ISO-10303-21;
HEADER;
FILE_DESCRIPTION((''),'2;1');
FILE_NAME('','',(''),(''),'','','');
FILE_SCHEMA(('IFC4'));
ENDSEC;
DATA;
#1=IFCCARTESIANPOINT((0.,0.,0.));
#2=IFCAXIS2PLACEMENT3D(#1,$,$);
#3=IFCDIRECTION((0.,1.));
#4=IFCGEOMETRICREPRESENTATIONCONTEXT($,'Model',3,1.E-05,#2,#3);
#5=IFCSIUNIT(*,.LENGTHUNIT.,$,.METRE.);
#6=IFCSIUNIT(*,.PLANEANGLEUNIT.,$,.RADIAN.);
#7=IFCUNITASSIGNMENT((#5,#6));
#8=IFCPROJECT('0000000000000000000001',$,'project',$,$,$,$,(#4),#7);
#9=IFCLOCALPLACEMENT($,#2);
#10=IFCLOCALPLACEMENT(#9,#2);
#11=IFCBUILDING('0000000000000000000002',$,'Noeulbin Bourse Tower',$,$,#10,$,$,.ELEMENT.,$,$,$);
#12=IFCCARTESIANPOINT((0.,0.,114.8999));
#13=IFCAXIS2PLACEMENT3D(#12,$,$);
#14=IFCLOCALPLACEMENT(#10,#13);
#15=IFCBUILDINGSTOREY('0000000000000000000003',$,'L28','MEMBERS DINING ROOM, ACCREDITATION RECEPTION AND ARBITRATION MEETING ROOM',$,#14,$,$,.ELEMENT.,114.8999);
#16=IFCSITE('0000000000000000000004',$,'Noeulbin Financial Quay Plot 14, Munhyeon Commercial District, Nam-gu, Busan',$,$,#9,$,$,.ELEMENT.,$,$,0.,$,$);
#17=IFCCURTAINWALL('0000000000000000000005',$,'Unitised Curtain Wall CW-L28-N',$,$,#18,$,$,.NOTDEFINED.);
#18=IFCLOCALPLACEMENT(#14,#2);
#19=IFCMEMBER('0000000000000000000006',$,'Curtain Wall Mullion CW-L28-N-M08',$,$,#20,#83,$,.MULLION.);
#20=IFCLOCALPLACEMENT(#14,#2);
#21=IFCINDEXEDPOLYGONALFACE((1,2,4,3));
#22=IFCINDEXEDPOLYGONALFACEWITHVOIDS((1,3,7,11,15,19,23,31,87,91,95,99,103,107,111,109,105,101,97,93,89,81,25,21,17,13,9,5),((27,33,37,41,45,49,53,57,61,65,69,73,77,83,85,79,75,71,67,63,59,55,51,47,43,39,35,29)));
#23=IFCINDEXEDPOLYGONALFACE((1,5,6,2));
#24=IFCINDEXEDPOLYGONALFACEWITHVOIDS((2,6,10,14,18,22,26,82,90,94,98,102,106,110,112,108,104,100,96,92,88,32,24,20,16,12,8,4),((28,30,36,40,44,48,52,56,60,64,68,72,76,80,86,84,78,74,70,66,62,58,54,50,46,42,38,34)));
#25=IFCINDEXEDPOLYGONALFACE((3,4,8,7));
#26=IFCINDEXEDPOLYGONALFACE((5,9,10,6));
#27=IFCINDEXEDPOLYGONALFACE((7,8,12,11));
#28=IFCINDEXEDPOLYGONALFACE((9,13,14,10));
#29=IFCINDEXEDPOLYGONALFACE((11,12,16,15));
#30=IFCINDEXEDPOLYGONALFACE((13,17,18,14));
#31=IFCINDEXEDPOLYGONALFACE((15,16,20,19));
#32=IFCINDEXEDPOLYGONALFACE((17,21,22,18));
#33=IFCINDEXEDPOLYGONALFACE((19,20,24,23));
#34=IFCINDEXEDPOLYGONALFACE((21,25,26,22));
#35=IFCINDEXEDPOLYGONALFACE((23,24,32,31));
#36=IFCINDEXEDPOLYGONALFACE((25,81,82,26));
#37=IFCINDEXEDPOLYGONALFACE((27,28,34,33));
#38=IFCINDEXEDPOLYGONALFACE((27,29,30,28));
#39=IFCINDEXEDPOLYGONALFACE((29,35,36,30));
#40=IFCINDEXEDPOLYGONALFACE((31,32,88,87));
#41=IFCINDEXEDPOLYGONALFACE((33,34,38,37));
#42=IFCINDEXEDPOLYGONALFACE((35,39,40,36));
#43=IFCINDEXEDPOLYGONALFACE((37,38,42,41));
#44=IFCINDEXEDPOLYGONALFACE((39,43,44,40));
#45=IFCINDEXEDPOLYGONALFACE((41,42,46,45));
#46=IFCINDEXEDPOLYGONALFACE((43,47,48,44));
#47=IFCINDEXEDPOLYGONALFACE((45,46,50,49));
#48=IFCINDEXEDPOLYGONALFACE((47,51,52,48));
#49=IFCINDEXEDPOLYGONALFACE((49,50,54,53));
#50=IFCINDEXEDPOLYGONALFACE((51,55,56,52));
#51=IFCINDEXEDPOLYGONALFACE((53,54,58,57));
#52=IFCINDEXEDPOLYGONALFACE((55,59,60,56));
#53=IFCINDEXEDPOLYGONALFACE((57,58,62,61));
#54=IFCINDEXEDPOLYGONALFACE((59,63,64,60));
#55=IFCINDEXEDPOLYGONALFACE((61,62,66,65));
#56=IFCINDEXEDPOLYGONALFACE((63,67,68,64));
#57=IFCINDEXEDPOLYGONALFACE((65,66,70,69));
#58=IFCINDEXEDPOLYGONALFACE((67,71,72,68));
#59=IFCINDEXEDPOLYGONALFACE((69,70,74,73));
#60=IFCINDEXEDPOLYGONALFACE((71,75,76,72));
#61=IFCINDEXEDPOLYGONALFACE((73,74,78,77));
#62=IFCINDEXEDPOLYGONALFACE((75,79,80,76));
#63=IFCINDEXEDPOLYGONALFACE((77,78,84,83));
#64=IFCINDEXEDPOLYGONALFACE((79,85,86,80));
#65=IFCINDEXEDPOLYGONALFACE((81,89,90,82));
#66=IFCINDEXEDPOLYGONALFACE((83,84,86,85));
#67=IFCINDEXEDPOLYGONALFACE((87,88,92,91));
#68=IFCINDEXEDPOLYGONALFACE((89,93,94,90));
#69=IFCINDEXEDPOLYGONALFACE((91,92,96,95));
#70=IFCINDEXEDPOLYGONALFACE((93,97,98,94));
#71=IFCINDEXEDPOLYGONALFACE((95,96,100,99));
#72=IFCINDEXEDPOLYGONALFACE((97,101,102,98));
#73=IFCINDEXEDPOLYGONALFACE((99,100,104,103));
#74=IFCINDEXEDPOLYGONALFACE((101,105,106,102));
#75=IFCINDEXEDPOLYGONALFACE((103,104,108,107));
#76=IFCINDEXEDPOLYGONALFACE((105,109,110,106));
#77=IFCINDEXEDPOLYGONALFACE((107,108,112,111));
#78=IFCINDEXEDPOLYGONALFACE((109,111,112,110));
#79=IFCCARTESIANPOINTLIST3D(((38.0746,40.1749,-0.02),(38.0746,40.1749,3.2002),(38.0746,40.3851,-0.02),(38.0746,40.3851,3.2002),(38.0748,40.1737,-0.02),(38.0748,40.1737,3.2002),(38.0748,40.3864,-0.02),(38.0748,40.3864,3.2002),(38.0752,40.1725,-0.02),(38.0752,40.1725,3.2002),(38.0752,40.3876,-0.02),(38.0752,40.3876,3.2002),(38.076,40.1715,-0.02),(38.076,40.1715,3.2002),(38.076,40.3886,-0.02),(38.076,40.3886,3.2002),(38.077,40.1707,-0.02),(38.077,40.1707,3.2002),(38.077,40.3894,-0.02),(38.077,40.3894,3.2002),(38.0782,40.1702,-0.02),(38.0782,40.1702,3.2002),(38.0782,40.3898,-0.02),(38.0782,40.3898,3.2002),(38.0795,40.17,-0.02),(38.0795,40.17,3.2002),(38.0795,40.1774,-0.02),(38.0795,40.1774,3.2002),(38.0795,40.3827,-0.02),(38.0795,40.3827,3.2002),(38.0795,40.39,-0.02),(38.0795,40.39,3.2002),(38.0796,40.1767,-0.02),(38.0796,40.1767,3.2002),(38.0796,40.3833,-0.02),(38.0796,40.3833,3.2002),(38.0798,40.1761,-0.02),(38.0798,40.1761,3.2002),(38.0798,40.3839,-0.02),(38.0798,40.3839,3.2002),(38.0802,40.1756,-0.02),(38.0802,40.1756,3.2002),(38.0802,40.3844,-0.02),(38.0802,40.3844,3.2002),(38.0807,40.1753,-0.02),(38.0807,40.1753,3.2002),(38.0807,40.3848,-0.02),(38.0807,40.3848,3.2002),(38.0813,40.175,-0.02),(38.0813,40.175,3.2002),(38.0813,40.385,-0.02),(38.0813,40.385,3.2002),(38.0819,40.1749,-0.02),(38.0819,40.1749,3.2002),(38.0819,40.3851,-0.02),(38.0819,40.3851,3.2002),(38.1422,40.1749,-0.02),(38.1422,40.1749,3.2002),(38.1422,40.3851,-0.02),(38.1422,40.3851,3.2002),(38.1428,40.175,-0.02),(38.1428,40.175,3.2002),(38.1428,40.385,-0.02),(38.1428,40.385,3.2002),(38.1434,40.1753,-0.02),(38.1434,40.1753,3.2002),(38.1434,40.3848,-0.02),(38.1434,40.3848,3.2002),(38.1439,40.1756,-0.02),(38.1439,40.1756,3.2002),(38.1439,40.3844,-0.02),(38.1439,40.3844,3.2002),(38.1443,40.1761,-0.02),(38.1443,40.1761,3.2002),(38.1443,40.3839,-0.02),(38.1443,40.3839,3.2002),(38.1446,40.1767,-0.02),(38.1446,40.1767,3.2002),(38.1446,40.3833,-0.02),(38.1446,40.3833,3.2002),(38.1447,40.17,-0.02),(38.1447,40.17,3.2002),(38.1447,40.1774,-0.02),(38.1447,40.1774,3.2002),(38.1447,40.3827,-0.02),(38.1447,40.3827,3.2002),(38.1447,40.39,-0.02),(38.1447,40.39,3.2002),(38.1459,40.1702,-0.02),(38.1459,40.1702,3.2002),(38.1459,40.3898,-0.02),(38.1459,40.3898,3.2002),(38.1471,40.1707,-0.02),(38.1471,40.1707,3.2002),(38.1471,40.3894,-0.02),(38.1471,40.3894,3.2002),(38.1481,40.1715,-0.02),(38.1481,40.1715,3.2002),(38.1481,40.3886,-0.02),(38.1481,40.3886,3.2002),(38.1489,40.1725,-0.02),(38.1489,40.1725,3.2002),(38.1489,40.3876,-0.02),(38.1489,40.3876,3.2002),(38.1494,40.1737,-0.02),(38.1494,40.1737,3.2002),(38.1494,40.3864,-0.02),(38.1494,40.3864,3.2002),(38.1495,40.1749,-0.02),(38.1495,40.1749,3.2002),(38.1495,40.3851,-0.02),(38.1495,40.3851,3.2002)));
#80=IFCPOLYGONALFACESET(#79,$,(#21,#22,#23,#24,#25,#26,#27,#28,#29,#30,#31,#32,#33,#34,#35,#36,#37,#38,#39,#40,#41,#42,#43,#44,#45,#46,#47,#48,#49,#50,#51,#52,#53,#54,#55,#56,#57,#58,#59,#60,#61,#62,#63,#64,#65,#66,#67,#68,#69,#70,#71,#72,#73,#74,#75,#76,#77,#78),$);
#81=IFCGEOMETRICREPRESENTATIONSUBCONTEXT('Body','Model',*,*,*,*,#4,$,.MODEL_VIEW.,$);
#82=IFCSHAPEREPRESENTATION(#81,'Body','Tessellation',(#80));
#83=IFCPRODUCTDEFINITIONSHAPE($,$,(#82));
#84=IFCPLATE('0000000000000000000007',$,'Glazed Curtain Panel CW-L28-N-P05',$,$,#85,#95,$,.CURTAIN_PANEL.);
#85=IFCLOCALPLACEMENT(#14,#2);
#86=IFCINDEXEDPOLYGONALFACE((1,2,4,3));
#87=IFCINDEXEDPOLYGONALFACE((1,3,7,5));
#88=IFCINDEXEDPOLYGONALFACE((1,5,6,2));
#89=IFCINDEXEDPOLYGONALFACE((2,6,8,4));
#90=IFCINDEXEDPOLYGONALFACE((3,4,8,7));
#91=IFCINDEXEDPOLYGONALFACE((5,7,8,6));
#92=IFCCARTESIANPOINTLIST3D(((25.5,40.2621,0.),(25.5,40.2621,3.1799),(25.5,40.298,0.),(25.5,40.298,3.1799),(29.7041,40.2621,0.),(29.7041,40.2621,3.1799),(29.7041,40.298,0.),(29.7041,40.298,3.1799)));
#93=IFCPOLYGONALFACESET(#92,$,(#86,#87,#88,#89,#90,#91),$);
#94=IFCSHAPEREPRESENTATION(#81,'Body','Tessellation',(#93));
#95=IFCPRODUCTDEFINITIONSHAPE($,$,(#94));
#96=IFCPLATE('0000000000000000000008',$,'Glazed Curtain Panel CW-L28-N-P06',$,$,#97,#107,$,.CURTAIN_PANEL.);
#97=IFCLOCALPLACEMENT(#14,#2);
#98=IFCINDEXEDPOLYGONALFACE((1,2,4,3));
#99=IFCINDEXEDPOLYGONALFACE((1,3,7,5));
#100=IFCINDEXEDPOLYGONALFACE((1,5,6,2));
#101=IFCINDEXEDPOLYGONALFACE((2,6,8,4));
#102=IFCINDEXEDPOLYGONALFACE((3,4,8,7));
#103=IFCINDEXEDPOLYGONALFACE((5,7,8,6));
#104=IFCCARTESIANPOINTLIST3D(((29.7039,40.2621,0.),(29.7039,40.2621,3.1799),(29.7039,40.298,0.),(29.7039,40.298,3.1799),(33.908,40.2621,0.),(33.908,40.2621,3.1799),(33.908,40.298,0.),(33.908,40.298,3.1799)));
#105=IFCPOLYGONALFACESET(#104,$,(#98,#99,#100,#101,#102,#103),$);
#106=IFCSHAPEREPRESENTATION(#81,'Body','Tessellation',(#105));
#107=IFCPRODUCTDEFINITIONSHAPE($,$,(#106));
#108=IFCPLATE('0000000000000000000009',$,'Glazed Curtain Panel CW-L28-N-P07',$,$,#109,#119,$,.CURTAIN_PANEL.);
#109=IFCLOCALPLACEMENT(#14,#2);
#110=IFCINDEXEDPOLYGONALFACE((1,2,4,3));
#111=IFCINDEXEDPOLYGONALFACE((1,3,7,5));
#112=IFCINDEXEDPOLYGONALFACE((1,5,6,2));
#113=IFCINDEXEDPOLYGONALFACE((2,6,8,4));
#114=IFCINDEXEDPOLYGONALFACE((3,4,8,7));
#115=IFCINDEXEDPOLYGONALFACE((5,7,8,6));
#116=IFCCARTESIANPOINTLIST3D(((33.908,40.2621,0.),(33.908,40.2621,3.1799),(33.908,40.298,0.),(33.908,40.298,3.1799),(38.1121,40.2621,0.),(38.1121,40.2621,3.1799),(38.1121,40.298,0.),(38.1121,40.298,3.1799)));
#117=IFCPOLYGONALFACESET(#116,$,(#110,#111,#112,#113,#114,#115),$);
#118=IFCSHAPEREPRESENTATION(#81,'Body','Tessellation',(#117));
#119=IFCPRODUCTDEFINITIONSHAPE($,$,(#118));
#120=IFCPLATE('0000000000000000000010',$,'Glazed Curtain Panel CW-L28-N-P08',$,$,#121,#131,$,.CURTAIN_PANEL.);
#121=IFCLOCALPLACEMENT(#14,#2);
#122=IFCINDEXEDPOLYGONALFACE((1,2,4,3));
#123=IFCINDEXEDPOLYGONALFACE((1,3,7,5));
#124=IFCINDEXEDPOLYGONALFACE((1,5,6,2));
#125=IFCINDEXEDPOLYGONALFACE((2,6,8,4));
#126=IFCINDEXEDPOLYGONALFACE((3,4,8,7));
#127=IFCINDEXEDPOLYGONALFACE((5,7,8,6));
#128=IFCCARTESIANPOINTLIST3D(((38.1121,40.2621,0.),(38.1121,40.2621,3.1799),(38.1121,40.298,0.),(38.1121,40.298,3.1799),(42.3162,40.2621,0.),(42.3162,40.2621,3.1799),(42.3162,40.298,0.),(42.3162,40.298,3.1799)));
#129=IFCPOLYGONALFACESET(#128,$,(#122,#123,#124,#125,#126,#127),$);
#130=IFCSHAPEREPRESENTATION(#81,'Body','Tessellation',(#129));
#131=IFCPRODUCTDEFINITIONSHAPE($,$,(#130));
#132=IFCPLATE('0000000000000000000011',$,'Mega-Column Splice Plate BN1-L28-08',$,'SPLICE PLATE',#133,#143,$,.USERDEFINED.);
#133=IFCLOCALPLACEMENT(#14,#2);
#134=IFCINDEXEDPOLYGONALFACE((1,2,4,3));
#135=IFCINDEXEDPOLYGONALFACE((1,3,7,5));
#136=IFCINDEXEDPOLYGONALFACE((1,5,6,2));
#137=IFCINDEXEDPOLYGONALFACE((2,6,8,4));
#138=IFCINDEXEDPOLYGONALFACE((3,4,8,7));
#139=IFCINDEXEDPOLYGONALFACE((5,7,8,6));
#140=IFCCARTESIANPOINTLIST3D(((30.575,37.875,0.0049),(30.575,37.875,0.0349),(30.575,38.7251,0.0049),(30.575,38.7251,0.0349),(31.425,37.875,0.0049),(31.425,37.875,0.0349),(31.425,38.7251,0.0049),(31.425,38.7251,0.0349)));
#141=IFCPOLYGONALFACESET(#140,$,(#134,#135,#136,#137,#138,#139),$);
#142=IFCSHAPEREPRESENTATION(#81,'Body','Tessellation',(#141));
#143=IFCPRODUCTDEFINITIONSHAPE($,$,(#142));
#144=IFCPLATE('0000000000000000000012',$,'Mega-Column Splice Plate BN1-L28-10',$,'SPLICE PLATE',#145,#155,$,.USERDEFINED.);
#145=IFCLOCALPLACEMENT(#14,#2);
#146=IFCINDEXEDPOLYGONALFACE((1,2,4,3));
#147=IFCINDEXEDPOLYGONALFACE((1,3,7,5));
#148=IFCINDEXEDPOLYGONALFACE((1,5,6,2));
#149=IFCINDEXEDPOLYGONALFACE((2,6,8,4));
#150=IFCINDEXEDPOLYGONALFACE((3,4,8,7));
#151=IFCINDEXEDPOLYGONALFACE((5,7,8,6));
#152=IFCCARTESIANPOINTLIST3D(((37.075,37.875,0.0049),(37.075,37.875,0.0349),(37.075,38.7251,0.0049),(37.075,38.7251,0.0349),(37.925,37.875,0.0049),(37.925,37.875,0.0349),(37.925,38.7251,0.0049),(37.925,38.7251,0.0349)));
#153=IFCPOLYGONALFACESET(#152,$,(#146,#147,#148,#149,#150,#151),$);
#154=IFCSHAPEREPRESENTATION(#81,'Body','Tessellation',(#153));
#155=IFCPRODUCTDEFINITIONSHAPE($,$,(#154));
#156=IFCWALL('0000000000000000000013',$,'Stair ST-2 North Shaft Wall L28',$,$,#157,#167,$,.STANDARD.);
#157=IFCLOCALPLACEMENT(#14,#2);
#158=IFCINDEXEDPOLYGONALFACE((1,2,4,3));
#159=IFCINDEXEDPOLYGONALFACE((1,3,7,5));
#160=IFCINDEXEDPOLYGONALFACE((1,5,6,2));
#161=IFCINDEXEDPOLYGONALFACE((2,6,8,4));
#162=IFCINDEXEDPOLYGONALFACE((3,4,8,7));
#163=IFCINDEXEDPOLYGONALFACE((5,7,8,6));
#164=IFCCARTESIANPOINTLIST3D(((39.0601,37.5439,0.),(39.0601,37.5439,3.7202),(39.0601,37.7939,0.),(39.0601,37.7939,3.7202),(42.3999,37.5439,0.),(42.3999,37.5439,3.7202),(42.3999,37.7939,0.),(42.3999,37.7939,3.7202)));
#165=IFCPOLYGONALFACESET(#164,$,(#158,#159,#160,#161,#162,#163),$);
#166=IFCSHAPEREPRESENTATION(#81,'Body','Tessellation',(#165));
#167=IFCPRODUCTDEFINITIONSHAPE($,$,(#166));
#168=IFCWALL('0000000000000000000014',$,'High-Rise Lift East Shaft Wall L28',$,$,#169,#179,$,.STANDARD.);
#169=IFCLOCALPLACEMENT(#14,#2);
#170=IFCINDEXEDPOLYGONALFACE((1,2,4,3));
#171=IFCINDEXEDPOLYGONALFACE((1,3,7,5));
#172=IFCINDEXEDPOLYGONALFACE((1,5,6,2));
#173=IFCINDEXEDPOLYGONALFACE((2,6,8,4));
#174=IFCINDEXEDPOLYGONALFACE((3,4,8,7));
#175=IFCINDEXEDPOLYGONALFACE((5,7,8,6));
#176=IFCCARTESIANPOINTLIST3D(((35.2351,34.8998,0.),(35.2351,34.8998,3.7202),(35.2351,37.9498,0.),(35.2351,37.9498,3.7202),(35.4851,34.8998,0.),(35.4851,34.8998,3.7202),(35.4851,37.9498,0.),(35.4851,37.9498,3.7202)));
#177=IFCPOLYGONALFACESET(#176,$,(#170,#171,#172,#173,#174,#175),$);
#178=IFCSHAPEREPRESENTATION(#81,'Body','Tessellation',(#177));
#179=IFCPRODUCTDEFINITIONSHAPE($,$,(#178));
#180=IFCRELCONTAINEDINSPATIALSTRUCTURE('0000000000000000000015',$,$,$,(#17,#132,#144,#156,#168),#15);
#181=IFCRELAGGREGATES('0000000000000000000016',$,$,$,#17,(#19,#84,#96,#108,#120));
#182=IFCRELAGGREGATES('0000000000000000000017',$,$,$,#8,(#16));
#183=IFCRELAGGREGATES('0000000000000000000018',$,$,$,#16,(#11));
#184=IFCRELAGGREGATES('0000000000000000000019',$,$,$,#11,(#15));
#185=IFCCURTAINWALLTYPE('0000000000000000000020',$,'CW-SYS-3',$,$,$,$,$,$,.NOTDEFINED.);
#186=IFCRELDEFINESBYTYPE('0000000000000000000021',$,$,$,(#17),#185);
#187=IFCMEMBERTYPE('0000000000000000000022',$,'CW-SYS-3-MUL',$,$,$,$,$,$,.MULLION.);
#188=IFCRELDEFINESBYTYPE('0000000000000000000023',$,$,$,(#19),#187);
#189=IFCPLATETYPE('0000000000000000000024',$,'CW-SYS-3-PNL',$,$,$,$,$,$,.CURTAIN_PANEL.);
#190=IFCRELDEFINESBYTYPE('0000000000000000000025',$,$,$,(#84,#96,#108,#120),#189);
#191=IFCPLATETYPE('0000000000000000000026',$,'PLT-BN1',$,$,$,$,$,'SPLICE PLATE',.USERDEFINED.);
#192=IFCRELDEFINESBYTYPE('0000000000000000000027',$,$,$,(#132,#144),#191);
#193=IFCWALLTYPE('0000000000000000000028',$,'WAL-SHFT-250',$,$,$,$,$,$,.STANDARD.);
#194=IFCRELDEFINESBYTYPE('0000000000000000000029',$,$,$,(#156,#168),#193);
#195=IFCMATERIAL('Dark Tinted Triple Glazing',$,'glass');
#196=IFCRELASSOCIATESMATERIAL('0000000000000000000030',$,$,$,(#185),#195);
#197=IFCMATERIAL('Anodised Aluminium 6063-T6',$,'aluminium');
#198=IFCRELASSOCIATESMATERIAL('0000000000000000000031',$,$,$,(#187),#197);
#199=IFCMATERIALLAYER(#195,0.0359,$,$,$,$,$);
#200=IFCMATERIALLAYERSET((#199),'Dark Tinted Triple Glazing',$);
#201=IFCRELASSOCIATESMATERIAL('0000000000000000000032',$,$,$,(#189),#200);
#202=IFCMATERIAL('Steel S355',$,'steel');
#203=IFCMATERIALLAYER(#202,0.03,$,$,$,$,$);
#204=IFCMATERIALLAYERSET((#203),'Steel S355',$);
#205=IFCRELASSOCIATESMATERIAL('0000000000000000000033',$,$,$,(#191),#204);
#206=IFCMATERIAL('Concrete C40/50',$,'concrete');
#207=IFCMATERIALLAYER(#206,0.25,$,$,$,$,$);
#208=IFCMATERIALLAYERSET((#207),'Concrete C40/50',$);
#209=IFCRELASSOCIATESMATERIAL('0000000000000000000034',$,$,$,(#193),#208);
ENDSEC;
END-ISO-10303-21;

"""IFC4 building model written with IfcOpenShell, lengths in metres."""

from ifc_helpers import new_model, si_unit, direction, frame, frame_2d, origin, origin_2d, place, context, subcontext, project, spatial, rectangle, hollow_rectangle, extrude, material, layer, layer_set, material_profile, profile_set, type_object, element, aggregate, save


model = new_model("IFC4")

# Units and contexts
model_context = context("Model", 3, precision=1e-05, world=origin(), true_north=direction((0.0, 1.0)))
body_context = subcontext(model_context, "Body", "Model", "MODEL_VIEW")
ifc_project = project(units=[si_unit("LENGTHUNIT", "METRE"), si_unit("PLANEANGLEUNIT", "RADIAN")], contexts=[model_context])

# Site, building, storey
site_placement = place(None, origin())
site = spatial("IfcSite", under=ifc_project, at=site_placement, Name="Noeulbin Financial Quay Plot 14, Munhyeon Commercial District, Nam-gu, Busan", CompositionType="ELEMENT", RefElevation=0.0)
building_placement = place(site_placement, origin())
building = spatial("IfcBuilding", under=site, at=building_placement, Name="Noeulbin Bourse Tower", CompositionType="ELEMENT")
storey_placement = place(building_placement, frame((0.0, 0.0, 114.8999)))
storey = spatial("IfcBuildingStorey", under=building, at=storey_placement, Name="L28", Description="MEMBERS DINING ROOM, ACCREDITATION RECEPTION AND ARBITRATION MEETING ROOM", CompositionType="ELEMENT", Elevation=114.8999)

# Curtain wall, member, plates
ifc_material_1 = material(Name="Dark Tinted Triple Glazing", Category="glass")
curtain_wall_type = type_object("IfcCurtainWallType", Name="CW-SYS-3", PredefinedType="NOTDEFINED", material=ifc_material_1)
curtain_wall_placement = place(storey_placement, origin())
curtain_wall = element("IfcCurtainWall", 1, at=curtain_wall_placement, inside=storey, type_object=curtain_wall_type, Name="Unitised Curtain Wall CW-L28-N", PredefinedType="NOTDEFINED")
ifc_material_2 = material(Name="Anodised Aluminium 6063-T6", Category="aluminium")
ifc_material_profile_1 = material_profile(ifc_material_2, hollow_rectangle(XDim=0.075, YDim=0.22, WallThickness=0.0049, InnerFilletRadius=0.0024, OuterFilletRadius=0.0049, at=origin_2d()), Name="ALU-MULL-75x220x5", Category="LoadBearing")
ifc_profile_set_1 = profile_set([ifc_material_profile_1], Name="Anodised Aluminium 6063-T6")
member_type = type_object("IfcMemberType", Name="CW-SYS-3-MUL", PredefinedType="MULLION", material=ifc_profile_set_1)
member_1_placement = place(storey_placement, frame((38.1121, 40.28, -0.02), z_axis=(0.0, 0.0, 1.0), x_axis=(1.0, 0.0, 0.0)))
member_1 = element("IfcMember", 2, at=member_1_placement, type_object=member_type, Name="Curtain Wall Mullion CW-L28-N-M08", PredefinedType="MULLION", context=body_context, shape_type="SweptSolid", body=[
    extrude(hollow_rectangle(XDim=0.075, YDim=0.22, WallThickness=0.0049, InnerFilletRadius=0.0024, OuterFilletRadius=0.0049, at=origin_2d()), origin(), (0.0, 0.0, 1.0), 3.2202),
])
ifc_layer_1 = layer(ifc_material_1, 0.0359)
ifc_layer_set_1 = layer_set([ifc_layer_1], Name="Dark Tinted Triple Glazing")
plate_type_1 = type_object("IfcPlateType", Name="CW-SYS-3-PNL", PredefinedType="CURTAIN_PANEL", material=ifc_layer_set_1)
plate_1_placement = place(storey_placement, frame((27.6021, 40.28, 0.0), z_axis=(0.0, 0.0, 1.0), x_axis=(1.0, 0.0, 0.0)))
plate_1 = element("IfcPlate", 3, at=plate_1_placement, type_object=plate_type_1, Name="Glazed Curtain Panel CW-L28-N-P05", PredefinedType="CURTAIN_PANEL", context=body_context, shape_type="SweptSolid", body=[
    extrude(rectangle(XDim=4.2041, YDim=0.0359, at=origin_2d()), origin(), (0.0, 0.0, 1.0), 3.1799),
])
plate_2_placement = place(storey_placement, frame((31.8059, 40.28, 0.0), z_axis=(0.0, 0.0, 1.0), x_axis=(1.0, 0.0, 0.0)))
plate_2 = element("IfcPlate", 4, at=plate_2_placement, type_object=plate_type_1, Name="Glazed Curtain Panel CW-L28-N-P06", PredefinedType="CURTAIN_PANEL", context=body_context, shape_type="SweptSolid", body=[
    extrude(rectangle(XDim=4.2041, YDim=0.0359, at=origin_2d()), origin(), (0.0, 0.0, 1.0), 3.1799),
])
plate_3_placement = place(storey_placement, frame((36.01, 40.28, 0.0), z_axis=(0.0, 0.0, 1.0), x_axis=(1.0, 0.0, 0.0)))
plate_3 = element("IfcPlate", 5, at=plate_3_placement, type_object=plate_type_1, Name="Glazed Curtain Panel CW-L28-N-P07", PredefinedType="CURTAIN_PANEL", context=body_context, shape_type="SweptSolid", body=[
    extrude(rectangle(XDim=4.2041, YDim=0.0359, at=origin_2d()), origin(), (0.0, 0.0, 1.0), 3.1799),
])
plate_4_placement = place(storey_placement, frame((40.2141, 40.28, 0.0), z_axis=(0.0, 0.0, 1.0), x_axis=(1.0, 0.0, 0.0)))
plate_4 = element("IfcPlate", 6, at=plate_4_placement, type_object=plate_type_1, Name="Glazed Curtain Panel CW-L28-N-P08", PredefinedType="CURTAIN_PANEL", context=body_context, shape_type="SweptSolid", body=[
    extrude(rectangle(XDim=4.2041, YDim=0.0359, at=origin_2d()), origin(), (0.0, 0.0, 1.0), 3.1799),
])
aggregate(curtain_wall, [member_1, plate_1, plate_2, plate_3, plate_4])

# Plates
ifc_material_3 = material(Name="Steel S355", Category="steel")
ifc_layer_2 = layer(ifc_material_3, 0.03)
ifc_layer_set_2 = layer_set([ifc_layer_2], Name="Steel S355")
plate_type_2 = type_object("IfcPlateType", Name="PLT-BN1", ElementType="SPLICE PLATE", PredefinedType="USERDEFINED", material=ifc_layer_set_2)
for number, where, z_axis, x_axis, name in (
    (7, (31.0, 38.3, 0.0049), (0.0, 0.0, 1.0), (1.0, 0.0, 0.0), "Mega-Column Splice Plate BN1-L28-08"),
    (8, (37.5, 38.3, 0.0049), (0.0, 0.0, 1.0), (1.0, 0.0, 0.0), "Mega-Column Splice Plate BN1-L28-10"),
):
    element("IfcPlate", number, at=place(storey_placement, frame(where, z_axis=z_axis, x_axis=x_axis)), inside=storey, type_object=plate_type_2, Name=name, ObjectType="SPLICE PLATE", PredefinedType="USERDEFINED", context=body_context, shape_type="SweptSolid", body=[
        extrude(rectangle(XDim=0.8501, YDim=0.8501, at=origin_2d()), origin(), (0.0, 0.0, 1.0), 0.03),
    ])

# Walls
ifc_material_4 = material(Name="Concrete C40/50", Category="concrete")
ifc_layer_3 = layer(ifc_material_4, 0.25)
ifc_layer_set_3 = layer_set([ifc_layer_3], Name="Concrete C40/50")
wall_type = type_object("IfcWallType", Name="WAL-SHFT-250", PredefinedType="STANDARD", material=ifc_layer_set_3)
wall_1_placement = place(storey_placement, frame((39.0601, 37.6689, 0.0), z_axis=(0.0, 0.0, 1.0), x_axis=(1.0, 0.0, 0.0)))
element("IfcWall", 9, at=wall_1_placement, inside=storey, type_object=wall_type, Name="Stair ST-2 North Shaft Wall L28", PredefinedType="STANDARD", context=body_context, shape_type="SweptSolid", body=[
    extrude(rectangle(XDim=3.3398, YDim=0.25, at=frame_2d((1.6699, 0.0))), origin(), (0.0, 0.0, 1.0), 3.7202),
])
wall_2_placement = place(storey_placement, frame((35.3601, 34.8999, 0.0), z_axis=(0.0, 0.0, 1.0), x_axis=(0.0, 1.0, 0.0)))
element("IfcWall", 10, at=wall_2_placement, inside=storey, type_object=wall_type, Name="High-Rise Lift East Shaft Wall L28", PredefinedType="STANDARD", context=body_context, shape_type="SweptSolid", body=[
    extrude(rectangle(XDim=3.05, YDim=0.25, at=frame_2d((1.5249, 0.0))), origin(), (0.0, 0.0, 1.0), 3.7202),
])

save(model, "model.ifc")
